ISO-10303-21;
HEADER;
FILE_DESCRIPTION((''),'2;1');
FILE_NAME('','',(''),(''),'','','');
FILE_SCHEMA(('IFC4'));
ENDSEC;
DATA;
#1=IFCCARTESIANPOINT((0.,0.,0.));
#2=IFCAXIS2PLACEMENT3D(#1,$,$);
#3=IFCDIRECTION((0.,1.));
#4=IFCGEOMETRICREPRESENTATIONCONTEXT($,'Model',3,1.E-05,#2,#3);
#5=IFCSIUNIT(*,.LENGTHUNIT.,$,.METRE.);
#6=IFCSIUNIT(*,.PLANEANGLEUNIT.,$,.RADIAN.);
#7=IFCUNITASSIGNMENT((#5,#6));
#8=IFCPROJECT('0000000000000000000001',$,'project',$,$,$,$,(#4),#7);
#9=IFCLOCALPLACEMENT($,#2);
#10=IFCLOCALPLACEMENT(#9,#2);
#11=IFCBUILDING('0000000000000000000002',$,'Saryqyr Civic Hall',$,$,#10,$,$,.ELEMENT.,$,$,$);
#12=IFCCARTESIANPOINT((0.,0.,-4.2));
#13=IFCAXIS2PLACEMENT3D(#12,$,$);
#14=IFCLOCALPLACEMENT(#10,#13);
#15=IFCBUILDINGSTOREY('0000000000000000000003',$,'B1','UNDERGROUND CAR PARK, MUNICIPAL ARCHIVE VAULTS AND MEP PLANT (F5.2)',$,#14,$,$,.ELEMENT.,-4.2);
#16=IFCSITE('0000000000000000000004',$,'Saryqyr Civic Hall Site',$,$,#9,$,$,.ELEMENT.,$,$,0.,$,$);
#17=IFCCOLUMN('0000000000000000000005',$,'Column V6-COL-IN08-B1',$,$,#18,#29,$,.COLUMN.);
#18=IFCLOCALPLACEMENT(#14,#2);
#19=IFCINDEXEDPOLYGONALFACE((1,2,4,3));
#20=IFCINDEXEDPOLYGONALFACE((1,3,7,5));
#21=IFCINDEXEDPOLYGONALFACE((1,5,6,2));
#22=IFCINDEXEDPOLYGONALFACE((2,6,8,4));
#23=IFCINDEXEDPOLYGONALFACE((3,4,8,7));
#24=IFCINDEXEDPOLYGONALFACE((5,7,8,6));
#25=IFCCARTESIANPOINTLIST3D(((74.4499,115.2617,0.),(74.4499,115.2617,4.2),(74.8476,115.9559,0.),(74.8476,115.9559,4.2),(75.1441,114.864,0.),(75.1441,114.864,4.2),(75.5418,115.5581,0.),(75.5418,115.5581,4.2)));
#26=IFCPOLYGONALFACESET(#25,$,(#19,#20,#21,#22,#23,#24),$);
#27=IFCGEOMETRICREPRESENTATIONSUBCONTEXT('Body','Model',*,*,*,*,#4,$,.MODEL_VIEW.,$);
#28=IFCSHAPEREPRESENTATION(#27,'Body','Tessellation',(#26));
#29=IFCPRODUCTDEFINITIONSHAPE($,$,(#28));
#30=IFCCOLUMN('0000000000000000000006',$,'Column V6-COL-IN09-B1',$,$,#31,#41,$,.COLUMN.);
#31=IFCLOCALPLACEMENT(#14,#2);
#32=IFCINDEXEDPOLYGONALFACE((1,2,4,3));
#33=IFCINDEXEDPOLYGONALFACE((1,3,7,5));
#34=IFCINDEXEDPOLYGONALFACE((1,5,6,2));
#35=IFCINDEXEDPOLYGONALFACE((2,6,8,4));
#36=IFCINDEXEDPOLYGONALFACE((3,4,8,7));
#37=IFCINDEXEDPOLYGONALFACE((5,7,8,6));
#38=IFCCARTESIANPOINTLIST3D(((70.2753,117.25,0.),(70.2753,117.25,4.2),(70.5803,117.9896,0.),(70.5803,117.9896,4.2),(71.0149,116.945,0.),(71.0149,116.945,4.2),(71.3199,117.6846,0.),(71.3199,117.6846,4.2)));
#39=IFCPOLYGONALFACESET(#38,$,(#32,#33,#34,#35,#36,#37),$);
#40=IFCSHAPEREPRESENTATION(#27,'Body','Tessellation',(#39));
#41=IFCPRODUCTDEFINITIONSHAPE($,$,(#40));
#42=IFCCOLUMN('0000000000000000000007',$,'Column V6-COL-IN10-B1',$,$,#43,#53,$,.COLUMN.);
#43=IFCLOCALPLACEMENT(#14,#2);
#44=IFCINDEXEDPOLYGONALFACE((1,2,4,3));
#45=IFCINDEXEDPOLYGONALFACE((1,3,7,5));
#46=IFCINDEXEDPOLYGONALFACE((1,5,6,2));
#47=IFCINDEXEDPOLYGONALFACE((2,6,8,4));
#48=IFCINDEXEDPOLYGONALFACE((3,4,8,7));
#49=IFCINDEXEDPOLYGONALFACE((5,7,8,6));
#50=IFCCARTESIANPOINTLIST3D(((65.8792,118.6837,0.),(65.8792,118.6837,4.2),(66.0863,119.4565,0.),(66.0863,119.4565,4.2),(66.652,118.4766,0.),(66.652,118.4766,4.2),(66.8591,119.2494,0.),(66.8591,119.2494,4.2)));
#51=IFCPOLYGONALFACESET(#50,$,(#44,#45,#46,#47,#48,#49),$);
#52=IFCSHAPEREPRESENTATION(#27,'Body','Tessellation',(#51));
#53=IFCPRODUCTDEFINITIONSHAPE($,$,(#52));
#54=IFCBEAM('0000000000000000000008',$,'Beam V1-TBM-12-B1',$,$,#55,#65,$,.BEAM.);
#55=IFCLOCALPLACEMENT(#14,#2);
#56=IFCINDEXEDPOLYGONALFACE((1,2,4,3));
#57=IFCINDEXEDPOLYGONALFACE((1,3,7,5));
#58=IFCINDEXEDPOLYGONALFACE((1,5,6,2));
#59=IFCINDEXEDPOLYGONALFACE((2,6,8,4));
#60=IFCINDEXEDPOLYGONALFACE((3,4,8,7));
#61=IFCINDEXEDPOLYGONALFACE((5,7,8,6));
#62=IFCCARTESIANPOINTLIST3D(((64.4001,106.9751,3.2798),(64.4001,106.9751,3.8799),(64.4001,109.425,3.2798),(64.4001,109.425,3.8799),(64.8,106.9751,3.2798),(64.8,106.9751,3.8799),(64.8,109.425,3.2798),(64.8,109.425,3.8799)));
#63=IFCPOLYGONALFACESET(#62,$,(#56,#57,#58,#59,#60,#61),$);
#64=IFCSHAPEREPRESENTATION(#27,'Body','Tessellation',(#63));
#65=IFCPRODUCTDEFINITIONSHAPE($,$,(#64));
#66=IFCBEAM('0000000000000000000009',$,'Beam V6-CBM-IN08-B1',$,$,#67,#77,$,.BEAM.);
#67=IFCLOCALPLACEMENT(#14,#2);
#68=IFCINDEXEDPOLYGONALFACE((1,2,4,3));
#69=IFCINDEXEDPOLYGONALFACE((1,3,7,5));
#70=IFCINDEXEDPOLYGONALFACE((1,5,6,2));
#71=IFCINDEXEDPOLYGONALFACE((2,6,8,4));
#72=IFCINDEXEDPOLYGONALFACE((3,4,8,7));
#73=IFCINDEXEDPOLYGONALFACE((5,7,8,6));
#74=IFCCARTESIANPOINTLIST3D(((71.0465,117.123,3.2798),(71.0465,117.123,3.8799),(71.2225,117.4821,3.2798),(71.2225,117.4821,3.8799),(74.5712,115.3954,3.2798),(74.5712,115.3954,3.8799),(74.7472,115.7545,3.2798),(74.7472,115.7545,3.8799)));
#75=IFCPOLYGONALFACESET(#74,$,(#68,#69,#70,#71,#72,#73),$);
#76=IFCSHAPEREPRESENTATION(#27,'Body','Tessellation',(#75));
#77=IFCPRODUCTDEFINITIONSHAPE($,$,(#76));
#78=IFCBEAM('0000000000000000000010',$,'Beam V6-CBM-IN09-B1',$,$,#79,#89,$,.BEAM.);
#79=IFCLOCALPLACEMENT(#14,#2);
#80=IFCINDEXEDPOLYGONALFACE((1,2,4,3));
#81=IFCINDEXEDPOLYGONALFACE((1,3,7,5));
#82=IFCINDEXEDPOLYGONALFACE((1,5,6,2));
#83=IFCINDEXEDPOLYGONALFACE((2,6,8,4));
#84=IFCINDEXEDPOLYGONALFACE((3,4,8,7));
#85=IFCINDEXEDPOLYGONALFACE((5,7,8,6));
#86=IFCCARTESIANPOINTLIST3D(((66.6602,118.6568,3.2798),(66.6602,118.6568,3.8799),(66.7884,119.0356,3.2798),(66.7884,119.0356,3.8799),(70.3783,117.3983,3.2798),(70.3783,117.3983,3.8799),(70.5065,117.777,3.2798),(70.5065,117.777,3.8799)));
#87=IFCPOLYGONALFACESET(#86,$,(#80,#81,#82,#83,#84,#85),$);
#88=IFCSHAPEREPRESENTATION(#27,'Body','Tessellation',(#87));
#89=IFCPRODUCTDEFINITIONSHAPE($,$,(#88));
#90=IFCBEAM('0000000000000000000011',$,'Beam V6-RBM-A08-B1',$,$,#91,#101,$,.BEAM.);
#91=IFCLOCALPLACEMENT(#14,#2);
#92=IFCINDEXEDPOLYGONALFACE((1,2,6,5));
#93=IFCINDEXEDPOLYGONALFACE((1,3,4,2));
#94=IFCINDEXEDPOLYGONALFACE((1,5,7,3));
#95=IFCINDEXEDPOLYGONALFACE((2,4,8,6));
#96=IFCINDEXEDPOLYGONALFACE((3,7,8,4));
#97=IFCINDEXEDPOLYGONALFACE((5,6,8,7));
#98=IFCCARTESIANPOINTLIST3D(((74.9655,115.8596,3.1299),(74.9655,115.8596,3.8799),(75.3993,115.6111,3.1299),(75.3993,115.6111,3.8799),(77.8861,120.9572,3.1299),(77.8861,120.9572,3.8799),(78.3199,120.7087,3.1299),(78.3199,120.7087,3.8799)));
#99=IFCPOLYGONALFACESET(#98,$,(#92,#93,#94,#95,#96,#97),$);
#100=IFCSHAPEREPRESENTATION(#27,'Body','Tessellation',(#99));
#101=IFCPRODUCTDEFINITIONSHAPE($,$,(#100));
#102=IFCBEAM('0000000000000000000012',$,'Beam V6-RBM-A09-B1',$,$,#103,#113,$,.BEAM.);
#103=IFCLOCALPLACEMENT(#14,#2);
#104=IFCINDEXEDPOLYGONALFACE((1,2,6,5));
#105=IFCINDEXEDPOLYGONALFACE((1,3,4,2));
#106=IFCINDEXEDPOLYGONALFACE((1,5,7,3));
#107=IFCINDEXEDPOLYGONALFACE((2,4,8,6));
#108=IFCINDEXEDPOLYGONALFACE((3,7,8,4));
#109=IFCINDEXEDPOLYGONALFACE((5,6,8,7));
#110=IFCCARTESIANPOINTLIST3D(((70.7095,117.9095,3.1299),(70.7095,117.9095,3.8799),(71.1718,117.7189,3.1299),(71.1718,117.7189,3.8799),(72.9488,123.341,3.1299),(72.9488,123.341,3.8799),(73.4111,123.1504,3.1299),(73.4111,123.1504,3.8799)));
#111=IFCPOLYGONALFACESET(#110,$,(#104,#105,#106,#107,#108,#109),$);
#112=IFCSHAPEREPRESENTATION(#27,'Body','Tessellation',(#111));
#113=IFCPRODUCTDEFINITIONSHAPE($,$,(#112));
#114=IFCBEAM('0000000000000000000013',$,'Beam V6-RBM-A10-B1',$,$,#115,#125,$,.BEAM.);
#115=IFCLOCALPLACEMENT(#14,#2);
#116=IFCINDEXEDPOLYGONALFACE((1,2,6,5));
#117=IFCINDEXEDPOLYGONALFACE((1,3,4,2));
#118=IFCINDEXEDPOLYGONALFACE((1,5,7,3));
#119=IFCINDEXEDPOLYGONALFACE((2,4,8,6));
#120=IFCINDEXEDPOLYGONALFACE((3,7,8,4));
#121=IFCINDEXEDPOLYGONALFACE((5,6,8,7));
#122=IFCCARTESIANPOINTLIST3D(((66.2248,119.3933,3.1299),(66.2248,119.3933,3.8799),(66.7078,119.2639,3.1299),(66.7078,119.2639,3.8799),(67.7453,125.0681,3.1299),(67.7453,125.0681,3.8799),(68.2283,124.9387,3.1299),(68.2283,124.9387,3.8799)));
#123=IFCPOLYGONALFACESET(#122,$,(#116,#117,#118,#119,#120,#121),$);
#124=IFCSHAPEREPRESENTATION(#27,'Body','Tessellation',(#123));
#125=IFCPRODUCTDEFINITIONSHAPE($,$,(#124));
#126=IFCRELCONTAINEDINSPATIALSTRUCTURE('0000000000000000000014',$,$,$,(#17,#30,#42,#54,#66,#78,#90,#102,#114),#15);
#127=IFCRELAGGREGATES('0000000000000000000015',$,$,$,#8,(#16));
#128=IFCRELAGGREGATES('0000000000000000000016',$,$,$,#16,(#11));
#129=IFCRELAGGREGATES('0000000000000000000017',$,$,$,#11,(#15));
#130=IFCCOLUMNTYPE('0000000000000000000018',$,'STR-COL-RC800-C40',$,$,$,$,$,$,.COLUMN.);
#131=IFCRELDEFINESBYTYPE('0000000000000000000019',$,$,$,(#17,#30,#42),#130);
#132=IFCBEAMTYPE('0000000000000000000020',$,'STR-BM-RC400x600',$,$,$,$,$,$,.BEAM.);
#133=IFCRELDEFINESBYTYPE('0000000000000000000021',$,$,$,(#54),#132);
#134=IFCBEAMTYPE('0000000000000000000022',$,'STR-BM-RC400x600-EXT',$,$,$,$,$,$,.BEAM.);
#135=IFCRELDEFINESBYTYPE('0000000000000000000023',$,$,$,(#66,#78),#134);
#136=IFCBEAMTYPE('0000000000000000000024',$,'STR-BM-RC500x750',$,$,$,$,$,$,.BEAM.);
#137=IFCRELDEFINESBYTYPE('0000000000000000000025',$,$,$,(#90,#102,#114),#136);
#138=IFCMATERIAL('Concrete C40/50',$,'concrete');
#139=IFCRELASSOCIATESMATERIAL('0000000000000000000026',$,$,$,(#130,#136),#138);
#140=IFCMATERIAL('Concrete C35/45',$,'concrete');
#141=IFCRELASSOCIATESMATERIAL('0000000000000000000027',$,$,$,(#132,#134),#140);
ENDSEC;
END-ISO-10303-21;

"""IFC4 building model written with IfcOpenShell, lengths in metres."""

from ifc_helpers import new_model, si_unit, direction, frame, origin, origin_2d, place, context, subcontext, project, spatial, rectangle, extrude, material, material_profile, profile_set, type_object, element, save


model = new_model("IFC4")

# Units and contexts
model_context = context("Model", 3, precision=1e-05, world=origin(), true_north=direction((0.0, 1.0)))
body_context = subcontext(model_context, "Body", "Model", "MODEL_VIEW")
ifc_project = project(units=[si_unit("LENGTHUNIT", "METRE"), si_unit("PLANEANGLEUNIT", "RADIAN")], contexts=[model_context])

# Site, building, storey
site_placement = place(None, origin())
site = spatial("IfcSite", under=ifc_project, at=site_placement, Name="Saryqyr Civic Hall Site", CompositionType="ELEMENT", RefElevation=0.0)
building_placement = place(site_placement, origin())
building = spatial("IfcBuilding", under=site, at=building_placement, Name="Saryqyr Civic Hall", CompositionType="ELEMENT")
storey_placement = place(building_placement, frame((0.0, 0.0, -4.2)))
storey = spatial("IfcBuildingStorey", under=building, at=storey_placement, Name="B1", Description="UNDERGROUND CAR PARK, MUNICIPAL ARCHIVE VAULTS AND MEP PLANT (F5.2)", CompositionType="ELEMENT", Elevation=-4.2)

# Shared definitions
ifc_material_1 = material(Name="Concrete C35/45", Category="concrete")

# Columns
ifc_material_2 = material(Name="Concrete C40/50", Category="concrete")
ifc_material_profile_1 = material_profile(ifc_material_2, rectangle(XDim=0.8, YDim=0.8, at=origin_2d()), Name="RC 800x800")
ifc_profile_set_1 = profile_set([ifc_material_profile_1], Name="Concrete C40/50")
column_type_1 = type_object("IfcColumnType", Name="STR-COL-RC800-C40", PredefinedType="COLUMN", material=ifc_profile_set_1)
for number, where, z_axis, x_axis, name in (
    (1, (74.9958, 115.4099, 0.0), (0.0, 0.0, 1.0), (0.497125, 0.867679, 0.0), "Column V6-COL-IN08-B1"),
    (2, (70.7976, 117.4673, 0.0), (0.0, 0.0, 1.0), (0.381232, 0.92448, 0.0), "Column V6-COL-IN09-B1"),
    (3, (66.3691, 118.9666, 0.0), (0.0, 0.0, 1.0), (0.258819, 0.965926, 0.0), "Column V6-COL-IN10-B1"),
):
    element("IfcColumn", number, at=place(storey_placement, frame(where, z_axis=z_axis, x_axis=x_axis)), inside=storey, type_object=column_type_1, Name=name, PredefinedType="COLUMN", context=body_context, shape_type="SweptSolid", body=[
        extrude(rectangle(XDim=0.8, YDim=0.8, at=origin_2d()), origin(), (0.0, 0.0, 1.0), 4.2),
    ])

# Beams
ifc_material_profile_2 = material_profile(ifc_material_1, rectangle(XDim=0.3999, YDim=0.6001, at=origin_2d()), Name="RC 400x600")
ifc_profile_set_2 = profile_set([ifc_material_profile_2], Name="Concrete C35/45")
beam_type_1 = type_object("IfcBeamType", Name="STR-BM-RC400x600", PredefinedType="BEAM", material=ifc_profile_set_2)
beam_placement = place(storey_placement, frame((64.6001, 106.9751, 3.5798), z_axis=(0.0, 1.0, 0.0), x_axis=(-1.0, 0.0, 0.0)))
element("IfcBeam", 4, at=beam_placement, inside=storey, type_object=beam_type_1, Name="Beam V1-TBM-12-B1", PredefinedType="BEAM", context=body_context, shape_type="SweptSolid", body=[
    extrude(rectangle(XDim=0.3999, YDim=0.6001, at=origin_2d()), origin(), (0.0, 0.0, 1.0), 2.45),
])
ifc_material_profile_3 = material_profile(ifc_material_1, rectangle(XDim=0.3999, YDim=0.6001, at=origin_2d()), Name="RC 400x600")
ifc_profile_set_3 = profile_set([ifc_material_profile_3], Name="Concrete C35/45")
beam_type_2 = type_object("IfcBeamType", Name="STR-BM-RC400x600-EXT", PredefinedType="BEAM", material=ifc_profile_set_3)
for number, where, z_axis, x_axis, name in (
    (5, (74.6592, 115.575, 3.5798), (-0.897944, 0.440109, 0.0), (-0.440109, -0.897944, 0.0), "Beam V6-CBM-IN08-B1"),
    (6, (70.4424, 117.5876, 3.5798), (-0.947205, 0.320628, 0.0), (-0.320628, -0.947205, 0.0), "Beam V6-CBM-IN09-B1"),
):
    element("IfcBeam", number, at=place(storey_placement, frame(where, z_axis=z_axis, x_axis=x_axis)), inside=storey, type_object=beam_type_2, Name=name, PredefinedType="BEAM", context=body_context, shape_type="SweptSolid", body=[
        extrude(rectangle(XDim=0.3999, YDim=0.6001, at=origin_2d()), origin(), (0.0, 0.0, 1.0), 3.9253),
    ])
ifc_material_profile_4 = material_profile(ifc_material_2, rectangle(XDim=0.5, YDim=0.75, at=origin_2d()), Name="RC 500x750")
ifc_profile_set_4 = profile_set([ifc_material_profile_4], Name="Concrete C40/50")
beam_type_3 = type_object("IfcBeamType", Name="STR-BM-RC500x750", PredefinedType="BEAM", material=ifc_profile_set_4)
for number, where, z_axis, x_axis, name in (
    (7, (75.1824, 115.7354, 3.5049), (0.497128, 0.867677, 0.0), (-0.867677, 0.497128, 0.0), "Beam V6-RBM-A08-B1"),
    (8, (70.9407, 117.8142, 3.5049), (0.381157, 0.92451, 0.0), (-0.92451, 0.381157, 0.0), "Beam V6-RBM-A09-B1"),
    (9, (66.4663, 119.3286, 3.5049), (0.258811, 0.965928, 0.0), (-0.965928, 0.258811, 0.0), "Beam V6-RBM-A10-B1"),
):
    element("IfcBeam", number, at=place(storey_placement, frame(where, z_axis=z_axis, x_axis=x_axis)), inside=storey, type_object=beam_type_3, Name=name, PredefinedType="BEAM", context=body_context, shape_type="SweptSolid", body=[
        extrude(rectangle(XDim=0.5, YDim=0.75, at=origin_2d()), origin(), (0.0, 0.0, 1.0), 5.875),
    ])

save(model, "model.ifc")
